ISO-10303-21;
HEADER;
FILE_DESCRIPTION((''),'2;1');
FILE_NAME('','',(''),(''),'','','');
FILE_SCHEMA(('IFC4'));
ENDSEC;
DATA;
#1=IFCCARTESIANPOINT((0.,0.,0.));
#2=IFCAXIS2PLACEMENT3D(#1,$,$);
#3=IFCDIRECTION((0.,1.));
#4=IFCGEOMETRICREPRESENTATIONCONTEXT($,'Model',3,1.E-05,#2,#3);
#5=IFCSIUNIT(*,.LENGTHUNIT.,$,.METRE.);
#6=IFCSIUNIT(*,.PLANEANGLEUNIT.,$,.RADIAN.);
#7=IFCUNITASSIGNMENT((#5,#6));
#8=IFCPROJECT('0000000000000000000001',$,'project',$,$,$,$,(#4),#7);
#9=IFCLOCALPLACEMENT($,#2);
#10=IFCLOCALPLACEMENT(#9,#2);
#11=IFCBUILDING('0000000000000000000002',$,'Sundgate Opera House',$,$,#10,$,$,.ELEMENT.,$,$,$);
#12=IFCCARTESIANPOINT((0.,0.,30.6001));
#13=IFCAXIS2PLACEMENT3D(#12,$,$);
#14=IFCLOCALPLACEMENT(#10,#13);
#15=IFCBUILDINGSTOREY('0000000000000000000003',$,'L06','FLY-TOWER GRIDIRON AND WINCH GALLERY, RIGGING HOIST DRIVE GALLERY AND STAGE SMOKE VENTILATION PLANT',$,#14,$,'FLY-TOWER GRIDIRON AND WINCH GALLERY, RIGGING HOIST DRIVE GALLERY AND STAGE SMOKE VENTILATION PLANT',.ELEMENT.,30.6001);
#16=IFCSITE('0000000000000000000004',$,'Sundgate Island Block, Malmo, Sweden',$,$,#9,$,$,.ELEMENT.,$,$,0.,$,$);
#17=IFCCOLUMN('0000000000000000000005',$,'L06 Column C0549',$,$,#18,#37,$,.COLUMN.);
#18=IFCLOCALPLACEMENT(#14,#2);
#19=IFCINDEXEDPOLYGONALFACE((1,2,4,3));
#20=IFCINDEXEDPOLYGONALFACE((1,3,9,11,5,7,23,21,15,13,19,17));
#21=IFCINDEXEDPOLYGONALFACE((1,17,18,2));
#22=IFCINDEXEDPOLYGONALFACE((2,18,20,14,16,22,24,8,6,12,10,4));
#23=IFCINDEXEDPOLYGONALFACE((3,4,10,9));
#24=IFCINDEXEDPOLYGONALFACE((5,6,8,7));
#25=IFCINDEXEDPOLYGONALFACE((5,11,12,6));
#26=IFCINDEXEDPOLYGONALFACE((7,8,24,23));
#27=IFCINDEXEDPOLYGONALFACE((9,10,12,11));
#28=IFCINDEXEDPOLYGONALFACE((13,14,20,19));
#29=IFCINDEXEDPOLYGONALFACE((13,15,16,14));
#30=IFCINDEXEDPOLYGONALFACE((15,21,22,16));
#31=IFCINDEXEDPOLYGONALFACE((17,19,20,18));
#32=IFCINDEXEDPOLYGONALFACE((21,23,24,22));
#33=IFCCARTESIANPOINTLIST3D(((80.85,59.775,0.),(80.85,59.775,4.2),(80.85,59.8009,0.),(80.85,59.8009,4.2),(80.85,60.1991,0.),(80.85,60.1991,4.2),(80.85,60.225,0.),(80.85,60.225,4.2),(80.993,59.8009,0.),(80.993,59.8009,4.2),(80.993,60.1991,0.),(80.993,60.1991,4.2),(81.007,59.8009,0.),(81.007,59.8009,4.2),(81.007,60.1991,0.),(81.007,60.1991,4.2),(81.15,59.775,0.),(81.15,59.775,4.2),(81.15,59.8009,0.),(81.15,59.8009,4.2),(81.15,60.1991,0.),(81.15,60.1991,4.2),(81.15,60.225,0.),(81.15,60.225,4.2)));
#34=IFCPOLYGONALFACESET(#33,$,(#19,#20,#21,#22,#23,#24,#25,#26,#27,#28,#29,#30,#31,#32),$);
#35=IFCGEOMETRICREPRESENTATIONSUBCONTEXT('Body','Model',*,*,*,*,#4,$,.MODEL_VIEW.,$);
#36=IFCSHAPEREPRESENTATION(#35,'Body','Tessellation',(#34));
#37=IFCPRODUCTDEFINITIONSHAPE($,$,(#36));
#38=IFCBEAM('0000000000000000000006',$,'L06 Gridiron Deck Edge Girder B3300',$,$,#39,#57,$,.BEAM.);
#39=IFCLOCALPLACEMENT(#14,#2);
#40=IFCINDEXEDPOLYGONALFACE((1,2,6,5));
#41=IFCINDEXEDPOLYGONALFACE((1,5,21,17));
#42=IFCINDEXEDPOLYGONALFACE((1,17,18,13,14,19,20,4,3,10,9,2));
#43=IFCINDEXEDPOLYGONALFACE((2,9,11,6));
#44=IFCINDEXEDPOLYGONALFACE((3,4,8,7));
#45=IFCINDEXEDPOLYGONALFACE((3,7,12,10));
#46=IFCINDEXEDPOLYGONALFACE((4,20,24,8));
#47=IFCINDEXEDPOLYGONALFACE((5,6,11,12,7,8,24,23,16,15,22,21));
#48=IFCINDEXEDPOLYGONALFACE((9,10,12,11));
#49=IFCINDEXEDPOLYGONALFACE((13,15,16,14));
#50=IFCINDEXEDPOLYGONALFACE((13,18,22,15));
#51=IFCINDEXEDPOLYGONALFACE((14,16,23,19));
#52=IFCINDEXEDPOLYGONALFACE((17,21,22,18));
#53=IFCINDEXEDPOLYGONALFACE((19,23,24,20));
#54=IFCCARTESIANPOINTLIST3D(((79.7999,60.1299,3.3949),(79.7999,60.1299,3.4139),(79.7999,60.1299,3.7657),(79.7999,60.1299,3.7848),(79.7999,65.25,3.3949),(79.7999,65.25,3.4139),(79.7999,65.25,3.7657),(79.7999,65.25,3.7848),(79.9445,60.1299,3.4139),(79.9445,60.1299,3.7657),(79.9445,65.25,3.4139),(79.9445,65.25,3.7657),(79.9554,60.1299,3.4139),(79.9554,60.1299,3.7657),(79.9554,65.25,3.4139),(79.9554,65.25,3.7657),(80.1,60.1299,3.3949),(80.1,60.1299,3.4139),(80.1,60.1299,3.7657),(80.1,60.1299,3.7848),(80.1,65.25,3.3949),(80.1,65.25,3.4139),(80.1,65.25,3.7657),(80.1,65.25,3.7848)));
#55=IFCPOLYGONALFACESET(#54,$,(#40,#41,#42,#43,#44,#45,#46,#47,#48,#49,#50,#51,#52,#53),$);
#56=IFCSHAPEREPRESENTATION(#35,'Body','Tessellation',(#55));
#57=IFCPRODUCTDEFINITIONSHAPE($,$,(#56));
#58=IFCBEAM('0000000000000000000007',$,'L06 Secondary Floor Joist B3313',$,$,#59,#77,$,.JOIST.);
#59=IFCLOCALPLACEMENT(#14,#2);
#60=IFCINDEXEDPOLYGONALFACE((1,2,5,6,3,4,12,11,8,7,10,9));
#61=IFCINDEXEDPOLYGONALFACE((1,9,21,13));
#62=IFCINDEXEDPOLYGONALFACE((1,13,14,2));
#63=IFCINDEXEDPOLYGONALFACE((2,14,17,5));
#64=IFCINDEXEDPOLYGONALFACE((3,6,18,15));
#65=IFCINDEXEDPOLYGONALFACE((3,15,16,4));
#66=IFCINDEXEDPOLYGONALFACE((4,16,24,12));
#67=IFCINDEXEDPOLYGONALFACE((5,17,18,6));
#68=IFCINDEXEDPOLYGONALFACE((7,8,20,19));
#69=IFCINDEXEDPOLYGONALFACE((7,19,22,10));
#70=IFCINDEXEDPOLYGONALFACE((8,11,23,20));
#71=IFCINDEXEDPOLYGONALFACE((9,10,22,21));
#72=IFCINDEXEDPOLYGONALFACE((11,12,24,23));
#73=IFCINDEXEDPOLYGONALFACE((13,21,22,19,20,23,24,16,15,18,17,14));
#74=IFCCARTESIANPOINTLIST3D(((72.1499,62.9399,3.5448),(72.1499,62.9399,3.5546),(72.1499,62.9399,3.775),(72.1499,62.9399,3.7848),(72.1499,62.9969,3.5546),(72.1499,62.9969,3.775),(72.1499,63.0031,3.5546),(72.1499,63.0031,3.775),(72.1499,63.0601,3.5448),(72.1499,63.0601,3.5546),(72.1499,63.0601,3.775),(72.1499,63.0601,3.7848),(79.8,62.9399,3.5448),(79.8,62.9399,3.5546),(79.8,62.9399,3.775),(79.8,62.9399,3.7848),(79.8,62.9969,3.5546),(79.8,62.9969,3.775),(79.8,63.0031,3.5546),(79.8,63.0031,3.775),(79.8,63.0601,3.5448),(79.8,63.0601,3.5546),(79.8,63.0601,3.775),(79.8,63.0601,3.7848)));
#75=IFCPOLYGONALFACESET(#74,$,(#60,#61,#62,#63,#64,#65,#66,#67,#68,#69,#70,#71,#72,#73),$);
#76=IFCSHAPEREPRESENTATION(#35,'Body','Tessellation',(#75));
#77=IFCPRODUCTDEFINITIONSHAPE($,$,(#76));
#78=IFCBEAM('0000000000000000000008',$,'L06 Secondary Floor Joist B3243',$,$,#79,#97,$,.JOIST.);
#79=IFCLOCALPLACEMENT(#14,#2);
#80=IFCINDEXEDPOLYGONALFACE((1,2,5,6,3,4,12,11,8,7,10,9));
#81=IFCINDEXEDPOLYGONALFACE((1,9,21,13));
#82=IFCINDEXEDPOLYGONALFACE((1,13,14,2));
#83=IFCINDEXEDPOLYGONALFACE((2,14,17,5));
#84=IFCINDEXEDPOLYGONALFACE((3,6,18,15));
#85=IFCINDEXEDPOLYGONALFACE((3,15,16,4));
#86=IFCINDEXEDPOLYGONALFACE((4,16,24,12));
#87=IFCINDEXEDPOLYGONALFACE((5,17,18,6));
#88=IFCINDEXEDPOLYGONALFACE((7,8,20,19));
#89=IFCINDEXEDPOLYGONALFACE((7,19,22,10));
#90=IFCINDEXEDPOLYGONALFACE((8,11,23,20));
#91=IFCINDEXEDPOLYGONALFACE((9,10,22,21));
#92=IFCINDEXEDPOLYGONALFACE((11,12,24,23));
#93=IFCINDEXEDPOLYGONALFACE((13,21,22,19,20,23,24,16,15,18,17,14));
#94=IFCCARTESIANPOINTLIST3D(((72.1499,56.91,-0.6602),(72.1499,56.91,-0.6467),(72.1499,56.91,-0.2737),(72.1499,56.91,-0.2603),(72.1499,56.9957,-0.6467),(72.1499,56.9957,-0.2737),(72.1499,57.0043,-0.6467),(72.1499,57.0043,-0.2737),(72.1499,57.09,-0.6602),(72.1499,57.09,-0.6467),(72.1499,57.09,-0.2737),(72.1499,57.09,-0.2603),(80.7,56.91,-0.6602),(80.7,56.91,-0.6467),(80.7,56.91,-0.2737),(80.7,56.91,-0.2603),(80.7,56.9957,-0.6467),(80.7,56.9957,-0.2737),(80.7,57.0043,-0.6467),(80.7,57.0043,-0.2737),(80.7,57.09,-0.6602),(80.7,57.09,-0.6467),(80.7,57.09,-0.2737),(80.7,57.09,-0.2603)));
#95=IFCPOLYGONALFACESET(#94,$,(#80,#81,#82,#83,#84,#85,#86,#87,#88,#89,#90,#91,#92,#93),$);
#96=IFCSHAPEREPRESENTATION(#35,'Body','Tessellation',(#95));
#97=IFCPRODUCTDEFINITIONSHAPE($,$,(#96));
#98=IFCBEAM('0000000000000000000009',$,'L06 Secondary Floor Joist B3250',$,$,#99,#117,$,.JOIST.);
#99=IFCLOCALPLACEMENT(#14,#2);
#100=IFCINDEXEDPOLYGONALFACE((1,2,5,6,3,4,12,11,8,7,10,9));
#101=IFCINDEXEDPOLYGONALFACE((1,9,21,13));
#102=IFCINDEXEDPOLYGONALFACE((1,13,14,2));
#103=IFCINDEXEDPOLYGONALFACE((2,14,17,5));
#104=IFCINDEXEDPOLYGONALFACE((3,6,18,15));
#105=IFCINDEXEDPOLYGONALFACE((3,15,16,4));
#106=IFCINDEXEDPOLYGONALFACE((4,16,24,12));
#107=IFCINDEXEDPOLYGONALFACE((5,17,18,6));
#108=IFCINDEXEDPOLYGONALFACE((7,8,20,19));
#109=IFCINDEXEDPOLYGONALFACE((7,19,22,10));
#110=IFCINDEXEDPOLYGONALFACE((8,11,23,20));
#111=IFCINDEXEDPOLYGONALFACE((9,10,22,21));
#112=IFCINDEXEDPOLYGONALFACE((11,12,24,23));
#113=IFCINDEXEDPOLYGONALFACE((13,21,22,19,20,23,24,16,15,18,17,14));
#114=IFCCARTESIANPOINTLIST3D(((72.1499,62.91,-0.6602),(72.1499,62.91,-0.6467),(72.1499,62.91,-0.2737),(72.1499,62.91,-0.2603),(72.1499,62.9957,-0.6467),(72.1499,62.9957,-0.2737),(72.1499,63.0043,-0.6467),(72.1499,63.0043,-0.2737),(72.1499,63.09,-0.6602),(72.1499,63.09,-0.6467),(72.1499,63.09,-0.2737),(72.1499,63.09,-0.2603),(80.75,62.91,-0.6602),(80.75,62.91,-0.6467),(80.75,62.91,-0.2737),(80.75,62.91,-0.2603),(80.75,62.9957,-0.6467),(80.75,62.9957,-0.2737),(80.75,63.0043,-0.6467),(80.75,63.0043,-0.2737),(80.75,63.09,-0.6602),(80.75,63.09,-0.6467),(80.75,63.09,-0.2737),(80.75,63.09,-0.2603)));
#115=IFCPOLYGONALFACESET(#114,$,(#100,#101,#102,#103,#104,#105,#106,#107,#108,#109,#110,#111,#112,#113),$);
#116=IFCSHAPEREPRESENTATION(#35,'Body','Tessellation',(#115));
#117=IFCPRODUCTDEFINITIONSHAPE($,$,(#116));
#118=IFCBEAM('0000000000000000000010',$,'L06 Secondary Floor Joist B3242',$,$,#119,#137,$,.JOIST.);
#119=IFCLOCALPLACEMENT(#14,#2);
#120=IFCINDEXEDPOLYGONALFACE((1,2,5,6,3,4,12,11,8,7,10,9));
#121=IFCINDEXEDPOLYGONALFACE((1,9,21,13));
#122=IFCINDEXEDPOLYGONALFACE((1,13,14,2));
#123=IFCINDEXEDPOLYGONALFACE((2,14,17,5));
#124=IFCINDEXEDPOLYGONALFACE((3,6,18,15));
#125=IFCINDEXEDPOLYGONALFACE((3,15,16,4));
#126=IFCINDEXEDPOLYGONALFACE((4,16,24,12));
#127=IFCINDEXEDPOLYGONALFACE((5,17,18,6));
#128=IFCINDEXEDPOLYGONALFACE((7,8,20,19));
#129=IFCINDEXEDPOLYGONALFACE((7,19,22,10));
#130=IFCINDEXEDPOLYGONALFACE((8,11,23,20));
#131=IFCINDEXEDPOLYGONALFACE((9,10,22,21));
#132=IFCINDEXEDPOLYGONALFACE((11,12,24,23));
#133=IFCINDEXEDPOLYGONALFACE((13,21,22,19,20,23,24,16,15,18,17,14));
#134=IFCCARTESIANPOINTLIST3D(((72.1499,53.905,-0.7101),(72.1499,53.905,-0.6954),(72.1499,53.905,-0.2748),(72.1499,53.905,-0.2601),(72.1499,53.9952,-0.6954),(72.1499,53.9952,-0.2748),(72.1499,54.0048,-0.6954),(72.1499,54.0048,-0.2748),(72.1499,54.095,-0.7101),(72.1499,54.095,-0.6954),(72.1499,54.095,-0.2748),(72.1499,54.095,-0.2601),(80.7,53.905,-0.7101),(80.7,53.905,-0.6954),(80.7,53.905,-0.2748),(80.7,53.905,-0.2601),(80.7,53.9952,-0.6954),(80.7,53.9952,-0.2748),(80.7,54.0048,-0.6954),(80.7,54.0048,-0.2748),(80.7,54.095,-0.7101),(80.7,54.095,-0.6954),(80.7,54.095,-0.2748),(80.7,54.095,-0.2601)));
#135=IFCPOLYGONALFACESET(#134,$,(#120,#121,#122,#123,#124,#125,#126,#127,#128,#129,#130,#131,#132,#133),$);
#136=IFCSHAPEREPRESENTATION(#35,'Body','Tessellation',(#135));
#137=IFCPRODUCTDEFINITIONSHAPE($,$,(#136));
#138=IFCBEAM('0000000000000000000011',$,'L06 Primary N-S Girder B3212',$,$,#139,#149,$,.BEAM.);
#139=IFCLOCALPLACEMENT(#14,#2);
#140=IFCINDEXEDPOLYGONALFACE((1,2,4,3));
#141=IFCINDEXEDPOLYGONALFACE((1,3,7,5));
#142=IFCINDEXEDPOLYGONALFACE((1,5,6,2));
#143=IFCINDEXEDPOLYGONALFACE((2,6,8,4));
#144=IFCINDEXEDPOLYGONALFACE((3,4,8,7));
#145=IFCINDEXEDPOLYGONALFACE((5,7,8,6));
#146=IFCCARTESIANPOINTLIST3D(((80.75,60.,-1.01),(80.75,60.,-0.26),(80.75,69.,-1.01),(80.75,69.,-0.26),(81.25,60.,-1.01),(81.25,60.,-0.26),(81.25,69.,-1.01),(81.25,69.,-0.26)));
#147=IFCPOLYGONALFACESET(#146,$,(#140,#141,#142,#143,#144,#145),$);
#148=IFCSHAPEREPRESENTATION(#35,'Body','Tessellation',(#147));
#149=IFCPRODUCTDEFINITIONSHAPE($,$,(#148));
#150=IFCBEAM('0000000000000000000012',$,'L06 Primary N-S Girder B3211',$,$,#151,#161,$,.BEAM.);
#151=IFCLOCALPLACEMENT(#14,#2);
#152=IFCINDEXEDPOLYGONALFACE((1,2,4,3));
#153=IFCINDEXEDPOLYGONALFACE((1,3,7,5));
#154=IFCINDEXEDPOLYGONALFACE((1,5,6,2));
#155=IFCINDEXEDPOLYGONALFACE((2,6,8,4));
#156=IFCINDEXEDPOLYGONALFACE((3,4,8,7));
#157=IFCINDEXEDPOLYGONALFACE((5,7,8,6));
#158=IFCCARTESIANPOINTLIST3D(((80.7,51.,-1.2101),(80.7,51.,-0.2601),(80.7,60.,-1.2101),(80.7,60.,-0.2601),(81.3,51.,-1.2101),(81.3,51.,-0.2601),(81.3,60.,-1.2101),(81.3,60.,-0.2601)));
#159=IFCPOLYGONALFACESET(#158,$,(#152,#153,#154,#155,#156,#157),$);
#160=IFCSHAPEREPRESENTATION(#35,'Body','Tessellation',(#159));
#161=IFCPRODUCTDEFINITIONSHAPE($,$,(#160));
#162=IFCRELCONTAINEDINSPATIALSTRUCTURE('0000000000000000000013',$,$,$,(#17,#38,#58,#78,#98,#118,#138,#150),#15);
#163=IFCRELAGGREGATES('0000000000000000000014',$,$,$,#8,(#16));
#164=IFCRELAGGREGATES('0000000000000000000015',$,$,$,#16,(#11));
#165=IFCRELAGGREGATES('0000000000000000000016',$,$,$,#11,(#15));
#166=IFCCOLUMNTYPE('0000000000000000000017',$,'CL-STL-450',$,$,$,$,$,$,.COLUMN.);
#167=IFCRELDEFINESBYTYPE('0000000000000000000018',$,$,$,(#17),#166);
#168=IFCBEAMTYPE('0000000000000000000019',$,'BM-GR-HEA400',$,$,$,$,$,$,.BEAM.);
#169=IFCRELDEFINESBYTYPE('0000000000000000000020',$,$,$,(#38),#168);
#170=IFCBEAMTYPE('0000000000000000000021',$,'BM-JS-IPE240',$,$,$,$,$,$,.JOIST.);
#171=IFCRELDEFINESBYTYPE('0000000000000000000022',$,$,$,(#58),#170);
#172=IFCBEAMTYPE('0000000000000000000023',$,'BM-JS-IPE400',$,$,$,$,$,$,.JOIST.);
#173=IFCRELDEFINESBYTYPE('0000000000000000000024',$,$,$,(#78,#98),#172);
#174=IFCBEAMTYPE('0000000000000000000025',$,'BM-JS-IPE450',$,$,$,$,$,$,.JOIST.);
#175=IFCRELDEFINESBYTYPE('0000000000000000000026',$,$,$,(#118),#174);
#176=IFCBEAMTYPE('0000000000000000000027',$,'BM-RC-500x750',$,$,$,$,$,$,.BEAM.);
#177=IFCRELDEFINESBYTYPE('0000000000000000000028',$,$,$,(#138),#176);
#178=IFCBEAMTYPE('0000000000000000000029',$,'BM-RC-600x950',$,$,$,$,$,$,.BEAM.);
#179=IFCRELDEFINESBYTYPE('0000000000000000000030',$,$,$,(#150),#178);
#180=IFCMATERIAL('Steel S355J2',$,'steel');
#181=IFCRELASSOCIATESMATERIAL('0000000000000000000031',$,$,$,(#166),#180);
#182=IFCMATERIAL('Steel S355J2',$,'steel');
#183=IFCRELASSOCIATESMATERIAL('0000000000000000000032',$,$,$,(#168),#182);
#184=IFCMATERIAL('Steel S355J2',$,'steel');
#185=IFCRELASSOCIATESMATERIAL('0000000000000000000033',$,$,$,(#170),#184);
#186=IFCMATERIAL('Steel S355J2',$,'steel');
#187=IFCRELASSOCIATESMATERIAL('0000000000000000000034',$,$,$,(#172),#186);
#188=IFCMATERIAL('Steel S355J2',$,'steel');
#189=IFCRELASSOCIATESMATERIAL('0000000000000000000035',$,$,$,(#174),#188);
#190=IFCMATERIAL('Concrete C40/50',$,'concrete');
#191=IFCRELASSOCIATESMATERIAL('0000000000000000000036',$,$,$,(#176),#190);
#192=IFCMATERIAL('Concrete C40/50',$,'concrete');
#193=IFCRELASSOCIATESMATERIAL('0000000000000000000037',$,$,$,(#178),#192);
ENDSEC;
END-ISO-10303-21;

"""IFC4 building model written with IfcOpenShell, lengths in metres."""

from ifc_helpers import new_model, si_unit, direction, frame, origin, origin_2d, place, context, subcontext, project, spatial, rectangle, i_section, extrude, material, material_profile, profile_set, type_object, element, save


model = new_model("IFC4")

# Units and contexts
model_context = context("Model", 3, precision=1e-05, world=origin(), true_north=direction((0.0, 1.0)))
body_context = subcontext(model_context, "Body", "Model", "MODEL_VIEW")
ifc_project = project(units=[si_unit("LENGTHUNIT", "METRE"), si_unit("PLANEANGLEUNIT", "RADIAN")], contexts=[model_context])

# Site, building, storey
site_placement = place(None, origin())
site = spatial("IfcSite", under=ifc_project, at=site_placement, Name="Sundgate Island Block, Malmo, Sweden", CompositionType="ELEMENT", RefElevation=0.0)
building_placement = place(site_placement, origin())
building = spatial("IfcBuilding", under=site, at=building_placement, Name="Sundgate Opera House", CompositionType="ELEMENT")
storey_placement = place(building_placement, frame((0.0, 0.0, 30.6001)))
storey = spatial("IfcBuildingStorey", under=building, at=storey_placement, Name="L06", Description="FLY-TOWER GRIDIRON AND WINCH GALLERY, RIGGING HOIST DRIVE GALLERY AND STAGE SMOKE VENTILATION PLANT", LongName="FLY-TOWER GRIDIRON AND WINCH GALLERY, RIGGING HOIST DRIVE GALLERY AND STAGE SMOKE VENTILATION PLANT", CompositionType="ELEMENT", Elevation=30.6001)

# Column
ifc_material_1 = material(Name="Steel S355J2", Category="steel")
ifc_material_profile_1 = material_profile(ifc_material_1, i_section(OverallWidth=0.3, OverallDepth=0.45, WebThickness=0.0139, FlangeThickness=0.0259, at=origin_2d()), Name="HEB 450")
ifc_profile_set_1 = profile_set([ifc_material_profile_1], Name="Steel S355J2")
column_type = type_object("IfcColumnType", Name="CL-STL-450", PredefinedType="COLUMN", material=ifc_profile_set_1)
column_placement = place(storey_placement, frame((81.0, 60.0, 0.0), z_axis=(0.0, 0.0, 1.0), x_axis=(1.0, 0.0, 0.0)))
element("IfcColumn", 1, at=column_placement, inside=storey, type_object=column_type, Name="L06 Column C0549", PredefinedType="COLUMN", context=body_context, shape_type="SweptSolid", body=[
    extrude(i_section(OverallWidth=0.3, OverallDepth=0.45, WebThickness=0.0139, FlangeThickness=0.0259, at=origin_2d()), origin(), (0.0, 0.0, 1.0), 4.2),
])

# Beams
ifc_material_2 = material(Name="Steel S355J2", Category="steel")
ifc_material_profile_2 = material_profile(ifc_material_2, i_section(OverallWidth=0.3, OverallDepth=0.3899, WebThickness=0.011, FlangeThickness=0.019, at=origin_2d()), Name="HEA 400")
ifc_profile_set_2 = profile_set([ifc_material_profile_2], Name="Steel S355J2")
beam_type_1 = type_object("IfcBeamType", Name="BM-GR-HEA400", PredefinedType="BEAM", material=ifc_profile_set_2)
beam_1_placement = place(storey_placement, frame((79.95, 60.1299, 3.5898), z_axis=(0.0, 1.0, 0.0), x_axis=(-1.0, 0.0, 0.0)))
element("IfcBeam", 2, at=beam_1_placement, inside=storey, type_object=beam_type_1, Name="L06 Gridiron Deck Edge Girder B3300", PredefinedType="BEAM", context=body_context, shape_type="SweptSolid", body=[
    extrude(i_section(OverallWidth=0.3, OverallDepth=0.3899, WebThickness=0.011, FlangeThickness=0.019, at=origin_2d()), origin(), (0.0, 0.0, 1.0), 5.1201),
])
ifc_material_3 = material(Name="Steel S355J2", Category="steel")
ifc_material_profile_3 = material_profile(ifc_material_3, i_section(OverallWidth=0.1201, OverallDepth=0.24, WebThickness=0.0061, FlangeThickness=0.0098, at=origin_2d()), Name="IPE 240")
ifc_profile_set_3 = profile_set([ifc_material_profile_3], Name="Steel S355J2")
beam_type_2 = type_object("IfcBeamType", Name="BM-JS-IPE240", PredefinedType="JOIST", material=ifc_profile_set_3)
beam_2_placement = place(storey_placement, frame((72.1499, 63.0, 3.6648), z_axis=(1.0, 0.0, 0.0), x_axis=(0.0, 1.0, 0.0)))
element("IfcBeam", 3, at=beam_2_placement, inside=storey, type_object=beam_type_2, Name="L06 Secondary Floor Joist B3313", PredefinedType="JOIST", context=body_context, shape_type="SweptSolid", body=[
    extrude(i_section(OverallWidth=0.1201, OverallDepth=0.24, WebThickness=0.0061, FlangeThickness=0.0098, at=origin_2d()), origin(), (0.0, 0.0, 1.0), 7.6501),
])
ifc_material_4 = material(Name="Steel S355J2", Category="steel")
ifc_material_profile_4 = material_profile(ifc_material_4, i_section(OverallWidth=0.1799, OverallDepth=0.3999, WebThickness=0.0085, FlangeThickness=0.0134, at=origin_2d()), Name="IPE 400")
ifc_profile_set_4 = profile_set([ifc_material_profile_4], Name="Steel S355J2")
beam_type_3 = type_object("IfcBeamType", Name="BM-JS-IPE400", PredefinedType="JOIST", material=ifc_profile_set_4)
beam_3_placement = place(storey_placement, frame((72.1499, 57.0, -0.4602), z_axis=(1.0, 0.0, 0.0), x_axis=(0.0, 1.0, 0.0)))
element("IfcBeam", 4, at=beam_3_placement, inside=storey, type_object=beam_type_3, Name="L06 Secondary Floor Joist B3243", PredefinedType="JOIST", context=body_context, shape_type="SweptSolid", body=[
    extrude(i_section(OverallWidth=0.1799, OverallDepth=0.3999, WebThickness=0.0085, FlangeThickness=0.0134, at=origin_2d()), origin(), (0.0, 0.0, 1.0), 8.55),
])
beam_4_placement = place(storey_placement, frame((72.1499, 63.0, -0.4602), z_axis=(1.0, 0.0, 0.0), x_axis=(0.0, 1.0, 0.0)))
element("IfcBeam", 5, at=beam_4_placement, inside=storey, type_object=beam_type_3, Name="L06 Secondary Floor Joist B3250", PredefinedType="JOIST", context=body_context, shape_type="SweptSolid", body=[
    extrude(i_section(OverallWidth=0.1799, OverallDepth=0.3999, WebThickness=0.0085, FlangeThickness=0.0134, at=origin_2d()), origin(), (0.0, 0.0, 1.0), 8.6001),
])
ifc_material_5 = material(Name="Steel S355J2", Category="steel")
ifc_material_profile_5 = material_profile(ifc_material_5, i_section(OverallWidth=0.1899, OverallDepth=0.45, WebThickness=0.0095, FlangeThickness=0.0146, at=origin_2d()), Name="IPE 450")
ifc_profile_set_5 = profile_set([ifc_material_profile_5], Name="Steel S355J2")
beam_type_4 = type_object("IfcBeamType", Name="BM-JS-IPE450", PredefinedType="JOIST", material=ifc_profile_set_5)
beam_5_placement = place(storey_placement, frame((72.1499, 54.0, -0.4851), z_axis=(1.0, 0.0, 0.0), x_axis=(0.0, 1.0, 0.0)))
element("IfcBeam", 6, at=beam_5_placement, inside=storey, type_object=beam_type_4, Name="L06 Secondary Floor Joist B3242", PredefinedType="JOIST", context=body_context, shape_type="SweptSolid", body=[
    extrude(i_section(OverallWidth=0.1899, OverallDepth=0.45, WebThickness=0.0095, FlangeThickness=0.0146, at=origin_2d()), origin(), (0.0, 0.0, 1.0), 8.55),
])
ifc_material_6 = material(Name="Concrete C40/50", Category="concrete")
ifc_material_profile_6 = material_profile(ifc_material_6, rectangle(XDim=0.5, YDim=0.75, at=origin_2d()), Name="RC 500x750")
ifc_profile_set_6 = profile_set([ifc_material_profile_6], Name="Concrete C40/50")
beam_type_5 = type_object("IfcBeamType", Name="BM-RC-500x750", PredefinedType="BEAM", material=ifc_profile_set_6)
beam_6_placement = place(storey_placement, frame((81.0, 60.0, -0.635), z_axis=(0.0, 1.0, 0.0), x_axis=(-1.0, 0.0, 0.0)))
element("IfcBeam", 7, at=beam_6_placement, inside=storey, type_object=beam_type_5, Name="L06 Primary N-S Girder B3212", PredefinedType="BEAM", context=body_context, shape_type="SweptSolid", body=[
    extrude(rectangle(XDim=0.5, YDim=0.75, at=origin_2d()), origin(), (0.0, 0.0, 1.0), 9.0),
])
ifc_material_7 = material(Name="Concrete C40/50", Category="concrete")
ifc_material_profile_7 = material_profile(ifc_material_7, rectangle(XDim=0.6001, YDim=0.95, at=origin_2d()), Name="RC 600x950")
ifc_profile_set_7 = profile_set([ifc_material_profile_7], Name="Concrete C40/50")
beam_type_6 = type_object("IfcBeamType", Name="BM-RC-600x950", PredefinedType="BEAM", material=ifc_profile_set_7)
beam_7_placement = place(storey_placement, frame((81.0, 51.0, -0.7351), z_axis=(0.0, 1.0, 0.0), x_axis=(-1.0, 0.0, 0.0)))
element("IfcBeam", 8, at=beam_7_placement, inside=storey, type_object=beam_type_6, Name="L06 Primary N-S Girder B3211", PredefinedType="BEAM", context=body_context, shape_type="SweptSolid", body=[
    extrude(rectangle(XDim=0.6001, YDim=0.95, at=origin_2d()), origin(), (0.0, 0.0, 1.0), 9.0),
])

save(model, "model.ifc")
